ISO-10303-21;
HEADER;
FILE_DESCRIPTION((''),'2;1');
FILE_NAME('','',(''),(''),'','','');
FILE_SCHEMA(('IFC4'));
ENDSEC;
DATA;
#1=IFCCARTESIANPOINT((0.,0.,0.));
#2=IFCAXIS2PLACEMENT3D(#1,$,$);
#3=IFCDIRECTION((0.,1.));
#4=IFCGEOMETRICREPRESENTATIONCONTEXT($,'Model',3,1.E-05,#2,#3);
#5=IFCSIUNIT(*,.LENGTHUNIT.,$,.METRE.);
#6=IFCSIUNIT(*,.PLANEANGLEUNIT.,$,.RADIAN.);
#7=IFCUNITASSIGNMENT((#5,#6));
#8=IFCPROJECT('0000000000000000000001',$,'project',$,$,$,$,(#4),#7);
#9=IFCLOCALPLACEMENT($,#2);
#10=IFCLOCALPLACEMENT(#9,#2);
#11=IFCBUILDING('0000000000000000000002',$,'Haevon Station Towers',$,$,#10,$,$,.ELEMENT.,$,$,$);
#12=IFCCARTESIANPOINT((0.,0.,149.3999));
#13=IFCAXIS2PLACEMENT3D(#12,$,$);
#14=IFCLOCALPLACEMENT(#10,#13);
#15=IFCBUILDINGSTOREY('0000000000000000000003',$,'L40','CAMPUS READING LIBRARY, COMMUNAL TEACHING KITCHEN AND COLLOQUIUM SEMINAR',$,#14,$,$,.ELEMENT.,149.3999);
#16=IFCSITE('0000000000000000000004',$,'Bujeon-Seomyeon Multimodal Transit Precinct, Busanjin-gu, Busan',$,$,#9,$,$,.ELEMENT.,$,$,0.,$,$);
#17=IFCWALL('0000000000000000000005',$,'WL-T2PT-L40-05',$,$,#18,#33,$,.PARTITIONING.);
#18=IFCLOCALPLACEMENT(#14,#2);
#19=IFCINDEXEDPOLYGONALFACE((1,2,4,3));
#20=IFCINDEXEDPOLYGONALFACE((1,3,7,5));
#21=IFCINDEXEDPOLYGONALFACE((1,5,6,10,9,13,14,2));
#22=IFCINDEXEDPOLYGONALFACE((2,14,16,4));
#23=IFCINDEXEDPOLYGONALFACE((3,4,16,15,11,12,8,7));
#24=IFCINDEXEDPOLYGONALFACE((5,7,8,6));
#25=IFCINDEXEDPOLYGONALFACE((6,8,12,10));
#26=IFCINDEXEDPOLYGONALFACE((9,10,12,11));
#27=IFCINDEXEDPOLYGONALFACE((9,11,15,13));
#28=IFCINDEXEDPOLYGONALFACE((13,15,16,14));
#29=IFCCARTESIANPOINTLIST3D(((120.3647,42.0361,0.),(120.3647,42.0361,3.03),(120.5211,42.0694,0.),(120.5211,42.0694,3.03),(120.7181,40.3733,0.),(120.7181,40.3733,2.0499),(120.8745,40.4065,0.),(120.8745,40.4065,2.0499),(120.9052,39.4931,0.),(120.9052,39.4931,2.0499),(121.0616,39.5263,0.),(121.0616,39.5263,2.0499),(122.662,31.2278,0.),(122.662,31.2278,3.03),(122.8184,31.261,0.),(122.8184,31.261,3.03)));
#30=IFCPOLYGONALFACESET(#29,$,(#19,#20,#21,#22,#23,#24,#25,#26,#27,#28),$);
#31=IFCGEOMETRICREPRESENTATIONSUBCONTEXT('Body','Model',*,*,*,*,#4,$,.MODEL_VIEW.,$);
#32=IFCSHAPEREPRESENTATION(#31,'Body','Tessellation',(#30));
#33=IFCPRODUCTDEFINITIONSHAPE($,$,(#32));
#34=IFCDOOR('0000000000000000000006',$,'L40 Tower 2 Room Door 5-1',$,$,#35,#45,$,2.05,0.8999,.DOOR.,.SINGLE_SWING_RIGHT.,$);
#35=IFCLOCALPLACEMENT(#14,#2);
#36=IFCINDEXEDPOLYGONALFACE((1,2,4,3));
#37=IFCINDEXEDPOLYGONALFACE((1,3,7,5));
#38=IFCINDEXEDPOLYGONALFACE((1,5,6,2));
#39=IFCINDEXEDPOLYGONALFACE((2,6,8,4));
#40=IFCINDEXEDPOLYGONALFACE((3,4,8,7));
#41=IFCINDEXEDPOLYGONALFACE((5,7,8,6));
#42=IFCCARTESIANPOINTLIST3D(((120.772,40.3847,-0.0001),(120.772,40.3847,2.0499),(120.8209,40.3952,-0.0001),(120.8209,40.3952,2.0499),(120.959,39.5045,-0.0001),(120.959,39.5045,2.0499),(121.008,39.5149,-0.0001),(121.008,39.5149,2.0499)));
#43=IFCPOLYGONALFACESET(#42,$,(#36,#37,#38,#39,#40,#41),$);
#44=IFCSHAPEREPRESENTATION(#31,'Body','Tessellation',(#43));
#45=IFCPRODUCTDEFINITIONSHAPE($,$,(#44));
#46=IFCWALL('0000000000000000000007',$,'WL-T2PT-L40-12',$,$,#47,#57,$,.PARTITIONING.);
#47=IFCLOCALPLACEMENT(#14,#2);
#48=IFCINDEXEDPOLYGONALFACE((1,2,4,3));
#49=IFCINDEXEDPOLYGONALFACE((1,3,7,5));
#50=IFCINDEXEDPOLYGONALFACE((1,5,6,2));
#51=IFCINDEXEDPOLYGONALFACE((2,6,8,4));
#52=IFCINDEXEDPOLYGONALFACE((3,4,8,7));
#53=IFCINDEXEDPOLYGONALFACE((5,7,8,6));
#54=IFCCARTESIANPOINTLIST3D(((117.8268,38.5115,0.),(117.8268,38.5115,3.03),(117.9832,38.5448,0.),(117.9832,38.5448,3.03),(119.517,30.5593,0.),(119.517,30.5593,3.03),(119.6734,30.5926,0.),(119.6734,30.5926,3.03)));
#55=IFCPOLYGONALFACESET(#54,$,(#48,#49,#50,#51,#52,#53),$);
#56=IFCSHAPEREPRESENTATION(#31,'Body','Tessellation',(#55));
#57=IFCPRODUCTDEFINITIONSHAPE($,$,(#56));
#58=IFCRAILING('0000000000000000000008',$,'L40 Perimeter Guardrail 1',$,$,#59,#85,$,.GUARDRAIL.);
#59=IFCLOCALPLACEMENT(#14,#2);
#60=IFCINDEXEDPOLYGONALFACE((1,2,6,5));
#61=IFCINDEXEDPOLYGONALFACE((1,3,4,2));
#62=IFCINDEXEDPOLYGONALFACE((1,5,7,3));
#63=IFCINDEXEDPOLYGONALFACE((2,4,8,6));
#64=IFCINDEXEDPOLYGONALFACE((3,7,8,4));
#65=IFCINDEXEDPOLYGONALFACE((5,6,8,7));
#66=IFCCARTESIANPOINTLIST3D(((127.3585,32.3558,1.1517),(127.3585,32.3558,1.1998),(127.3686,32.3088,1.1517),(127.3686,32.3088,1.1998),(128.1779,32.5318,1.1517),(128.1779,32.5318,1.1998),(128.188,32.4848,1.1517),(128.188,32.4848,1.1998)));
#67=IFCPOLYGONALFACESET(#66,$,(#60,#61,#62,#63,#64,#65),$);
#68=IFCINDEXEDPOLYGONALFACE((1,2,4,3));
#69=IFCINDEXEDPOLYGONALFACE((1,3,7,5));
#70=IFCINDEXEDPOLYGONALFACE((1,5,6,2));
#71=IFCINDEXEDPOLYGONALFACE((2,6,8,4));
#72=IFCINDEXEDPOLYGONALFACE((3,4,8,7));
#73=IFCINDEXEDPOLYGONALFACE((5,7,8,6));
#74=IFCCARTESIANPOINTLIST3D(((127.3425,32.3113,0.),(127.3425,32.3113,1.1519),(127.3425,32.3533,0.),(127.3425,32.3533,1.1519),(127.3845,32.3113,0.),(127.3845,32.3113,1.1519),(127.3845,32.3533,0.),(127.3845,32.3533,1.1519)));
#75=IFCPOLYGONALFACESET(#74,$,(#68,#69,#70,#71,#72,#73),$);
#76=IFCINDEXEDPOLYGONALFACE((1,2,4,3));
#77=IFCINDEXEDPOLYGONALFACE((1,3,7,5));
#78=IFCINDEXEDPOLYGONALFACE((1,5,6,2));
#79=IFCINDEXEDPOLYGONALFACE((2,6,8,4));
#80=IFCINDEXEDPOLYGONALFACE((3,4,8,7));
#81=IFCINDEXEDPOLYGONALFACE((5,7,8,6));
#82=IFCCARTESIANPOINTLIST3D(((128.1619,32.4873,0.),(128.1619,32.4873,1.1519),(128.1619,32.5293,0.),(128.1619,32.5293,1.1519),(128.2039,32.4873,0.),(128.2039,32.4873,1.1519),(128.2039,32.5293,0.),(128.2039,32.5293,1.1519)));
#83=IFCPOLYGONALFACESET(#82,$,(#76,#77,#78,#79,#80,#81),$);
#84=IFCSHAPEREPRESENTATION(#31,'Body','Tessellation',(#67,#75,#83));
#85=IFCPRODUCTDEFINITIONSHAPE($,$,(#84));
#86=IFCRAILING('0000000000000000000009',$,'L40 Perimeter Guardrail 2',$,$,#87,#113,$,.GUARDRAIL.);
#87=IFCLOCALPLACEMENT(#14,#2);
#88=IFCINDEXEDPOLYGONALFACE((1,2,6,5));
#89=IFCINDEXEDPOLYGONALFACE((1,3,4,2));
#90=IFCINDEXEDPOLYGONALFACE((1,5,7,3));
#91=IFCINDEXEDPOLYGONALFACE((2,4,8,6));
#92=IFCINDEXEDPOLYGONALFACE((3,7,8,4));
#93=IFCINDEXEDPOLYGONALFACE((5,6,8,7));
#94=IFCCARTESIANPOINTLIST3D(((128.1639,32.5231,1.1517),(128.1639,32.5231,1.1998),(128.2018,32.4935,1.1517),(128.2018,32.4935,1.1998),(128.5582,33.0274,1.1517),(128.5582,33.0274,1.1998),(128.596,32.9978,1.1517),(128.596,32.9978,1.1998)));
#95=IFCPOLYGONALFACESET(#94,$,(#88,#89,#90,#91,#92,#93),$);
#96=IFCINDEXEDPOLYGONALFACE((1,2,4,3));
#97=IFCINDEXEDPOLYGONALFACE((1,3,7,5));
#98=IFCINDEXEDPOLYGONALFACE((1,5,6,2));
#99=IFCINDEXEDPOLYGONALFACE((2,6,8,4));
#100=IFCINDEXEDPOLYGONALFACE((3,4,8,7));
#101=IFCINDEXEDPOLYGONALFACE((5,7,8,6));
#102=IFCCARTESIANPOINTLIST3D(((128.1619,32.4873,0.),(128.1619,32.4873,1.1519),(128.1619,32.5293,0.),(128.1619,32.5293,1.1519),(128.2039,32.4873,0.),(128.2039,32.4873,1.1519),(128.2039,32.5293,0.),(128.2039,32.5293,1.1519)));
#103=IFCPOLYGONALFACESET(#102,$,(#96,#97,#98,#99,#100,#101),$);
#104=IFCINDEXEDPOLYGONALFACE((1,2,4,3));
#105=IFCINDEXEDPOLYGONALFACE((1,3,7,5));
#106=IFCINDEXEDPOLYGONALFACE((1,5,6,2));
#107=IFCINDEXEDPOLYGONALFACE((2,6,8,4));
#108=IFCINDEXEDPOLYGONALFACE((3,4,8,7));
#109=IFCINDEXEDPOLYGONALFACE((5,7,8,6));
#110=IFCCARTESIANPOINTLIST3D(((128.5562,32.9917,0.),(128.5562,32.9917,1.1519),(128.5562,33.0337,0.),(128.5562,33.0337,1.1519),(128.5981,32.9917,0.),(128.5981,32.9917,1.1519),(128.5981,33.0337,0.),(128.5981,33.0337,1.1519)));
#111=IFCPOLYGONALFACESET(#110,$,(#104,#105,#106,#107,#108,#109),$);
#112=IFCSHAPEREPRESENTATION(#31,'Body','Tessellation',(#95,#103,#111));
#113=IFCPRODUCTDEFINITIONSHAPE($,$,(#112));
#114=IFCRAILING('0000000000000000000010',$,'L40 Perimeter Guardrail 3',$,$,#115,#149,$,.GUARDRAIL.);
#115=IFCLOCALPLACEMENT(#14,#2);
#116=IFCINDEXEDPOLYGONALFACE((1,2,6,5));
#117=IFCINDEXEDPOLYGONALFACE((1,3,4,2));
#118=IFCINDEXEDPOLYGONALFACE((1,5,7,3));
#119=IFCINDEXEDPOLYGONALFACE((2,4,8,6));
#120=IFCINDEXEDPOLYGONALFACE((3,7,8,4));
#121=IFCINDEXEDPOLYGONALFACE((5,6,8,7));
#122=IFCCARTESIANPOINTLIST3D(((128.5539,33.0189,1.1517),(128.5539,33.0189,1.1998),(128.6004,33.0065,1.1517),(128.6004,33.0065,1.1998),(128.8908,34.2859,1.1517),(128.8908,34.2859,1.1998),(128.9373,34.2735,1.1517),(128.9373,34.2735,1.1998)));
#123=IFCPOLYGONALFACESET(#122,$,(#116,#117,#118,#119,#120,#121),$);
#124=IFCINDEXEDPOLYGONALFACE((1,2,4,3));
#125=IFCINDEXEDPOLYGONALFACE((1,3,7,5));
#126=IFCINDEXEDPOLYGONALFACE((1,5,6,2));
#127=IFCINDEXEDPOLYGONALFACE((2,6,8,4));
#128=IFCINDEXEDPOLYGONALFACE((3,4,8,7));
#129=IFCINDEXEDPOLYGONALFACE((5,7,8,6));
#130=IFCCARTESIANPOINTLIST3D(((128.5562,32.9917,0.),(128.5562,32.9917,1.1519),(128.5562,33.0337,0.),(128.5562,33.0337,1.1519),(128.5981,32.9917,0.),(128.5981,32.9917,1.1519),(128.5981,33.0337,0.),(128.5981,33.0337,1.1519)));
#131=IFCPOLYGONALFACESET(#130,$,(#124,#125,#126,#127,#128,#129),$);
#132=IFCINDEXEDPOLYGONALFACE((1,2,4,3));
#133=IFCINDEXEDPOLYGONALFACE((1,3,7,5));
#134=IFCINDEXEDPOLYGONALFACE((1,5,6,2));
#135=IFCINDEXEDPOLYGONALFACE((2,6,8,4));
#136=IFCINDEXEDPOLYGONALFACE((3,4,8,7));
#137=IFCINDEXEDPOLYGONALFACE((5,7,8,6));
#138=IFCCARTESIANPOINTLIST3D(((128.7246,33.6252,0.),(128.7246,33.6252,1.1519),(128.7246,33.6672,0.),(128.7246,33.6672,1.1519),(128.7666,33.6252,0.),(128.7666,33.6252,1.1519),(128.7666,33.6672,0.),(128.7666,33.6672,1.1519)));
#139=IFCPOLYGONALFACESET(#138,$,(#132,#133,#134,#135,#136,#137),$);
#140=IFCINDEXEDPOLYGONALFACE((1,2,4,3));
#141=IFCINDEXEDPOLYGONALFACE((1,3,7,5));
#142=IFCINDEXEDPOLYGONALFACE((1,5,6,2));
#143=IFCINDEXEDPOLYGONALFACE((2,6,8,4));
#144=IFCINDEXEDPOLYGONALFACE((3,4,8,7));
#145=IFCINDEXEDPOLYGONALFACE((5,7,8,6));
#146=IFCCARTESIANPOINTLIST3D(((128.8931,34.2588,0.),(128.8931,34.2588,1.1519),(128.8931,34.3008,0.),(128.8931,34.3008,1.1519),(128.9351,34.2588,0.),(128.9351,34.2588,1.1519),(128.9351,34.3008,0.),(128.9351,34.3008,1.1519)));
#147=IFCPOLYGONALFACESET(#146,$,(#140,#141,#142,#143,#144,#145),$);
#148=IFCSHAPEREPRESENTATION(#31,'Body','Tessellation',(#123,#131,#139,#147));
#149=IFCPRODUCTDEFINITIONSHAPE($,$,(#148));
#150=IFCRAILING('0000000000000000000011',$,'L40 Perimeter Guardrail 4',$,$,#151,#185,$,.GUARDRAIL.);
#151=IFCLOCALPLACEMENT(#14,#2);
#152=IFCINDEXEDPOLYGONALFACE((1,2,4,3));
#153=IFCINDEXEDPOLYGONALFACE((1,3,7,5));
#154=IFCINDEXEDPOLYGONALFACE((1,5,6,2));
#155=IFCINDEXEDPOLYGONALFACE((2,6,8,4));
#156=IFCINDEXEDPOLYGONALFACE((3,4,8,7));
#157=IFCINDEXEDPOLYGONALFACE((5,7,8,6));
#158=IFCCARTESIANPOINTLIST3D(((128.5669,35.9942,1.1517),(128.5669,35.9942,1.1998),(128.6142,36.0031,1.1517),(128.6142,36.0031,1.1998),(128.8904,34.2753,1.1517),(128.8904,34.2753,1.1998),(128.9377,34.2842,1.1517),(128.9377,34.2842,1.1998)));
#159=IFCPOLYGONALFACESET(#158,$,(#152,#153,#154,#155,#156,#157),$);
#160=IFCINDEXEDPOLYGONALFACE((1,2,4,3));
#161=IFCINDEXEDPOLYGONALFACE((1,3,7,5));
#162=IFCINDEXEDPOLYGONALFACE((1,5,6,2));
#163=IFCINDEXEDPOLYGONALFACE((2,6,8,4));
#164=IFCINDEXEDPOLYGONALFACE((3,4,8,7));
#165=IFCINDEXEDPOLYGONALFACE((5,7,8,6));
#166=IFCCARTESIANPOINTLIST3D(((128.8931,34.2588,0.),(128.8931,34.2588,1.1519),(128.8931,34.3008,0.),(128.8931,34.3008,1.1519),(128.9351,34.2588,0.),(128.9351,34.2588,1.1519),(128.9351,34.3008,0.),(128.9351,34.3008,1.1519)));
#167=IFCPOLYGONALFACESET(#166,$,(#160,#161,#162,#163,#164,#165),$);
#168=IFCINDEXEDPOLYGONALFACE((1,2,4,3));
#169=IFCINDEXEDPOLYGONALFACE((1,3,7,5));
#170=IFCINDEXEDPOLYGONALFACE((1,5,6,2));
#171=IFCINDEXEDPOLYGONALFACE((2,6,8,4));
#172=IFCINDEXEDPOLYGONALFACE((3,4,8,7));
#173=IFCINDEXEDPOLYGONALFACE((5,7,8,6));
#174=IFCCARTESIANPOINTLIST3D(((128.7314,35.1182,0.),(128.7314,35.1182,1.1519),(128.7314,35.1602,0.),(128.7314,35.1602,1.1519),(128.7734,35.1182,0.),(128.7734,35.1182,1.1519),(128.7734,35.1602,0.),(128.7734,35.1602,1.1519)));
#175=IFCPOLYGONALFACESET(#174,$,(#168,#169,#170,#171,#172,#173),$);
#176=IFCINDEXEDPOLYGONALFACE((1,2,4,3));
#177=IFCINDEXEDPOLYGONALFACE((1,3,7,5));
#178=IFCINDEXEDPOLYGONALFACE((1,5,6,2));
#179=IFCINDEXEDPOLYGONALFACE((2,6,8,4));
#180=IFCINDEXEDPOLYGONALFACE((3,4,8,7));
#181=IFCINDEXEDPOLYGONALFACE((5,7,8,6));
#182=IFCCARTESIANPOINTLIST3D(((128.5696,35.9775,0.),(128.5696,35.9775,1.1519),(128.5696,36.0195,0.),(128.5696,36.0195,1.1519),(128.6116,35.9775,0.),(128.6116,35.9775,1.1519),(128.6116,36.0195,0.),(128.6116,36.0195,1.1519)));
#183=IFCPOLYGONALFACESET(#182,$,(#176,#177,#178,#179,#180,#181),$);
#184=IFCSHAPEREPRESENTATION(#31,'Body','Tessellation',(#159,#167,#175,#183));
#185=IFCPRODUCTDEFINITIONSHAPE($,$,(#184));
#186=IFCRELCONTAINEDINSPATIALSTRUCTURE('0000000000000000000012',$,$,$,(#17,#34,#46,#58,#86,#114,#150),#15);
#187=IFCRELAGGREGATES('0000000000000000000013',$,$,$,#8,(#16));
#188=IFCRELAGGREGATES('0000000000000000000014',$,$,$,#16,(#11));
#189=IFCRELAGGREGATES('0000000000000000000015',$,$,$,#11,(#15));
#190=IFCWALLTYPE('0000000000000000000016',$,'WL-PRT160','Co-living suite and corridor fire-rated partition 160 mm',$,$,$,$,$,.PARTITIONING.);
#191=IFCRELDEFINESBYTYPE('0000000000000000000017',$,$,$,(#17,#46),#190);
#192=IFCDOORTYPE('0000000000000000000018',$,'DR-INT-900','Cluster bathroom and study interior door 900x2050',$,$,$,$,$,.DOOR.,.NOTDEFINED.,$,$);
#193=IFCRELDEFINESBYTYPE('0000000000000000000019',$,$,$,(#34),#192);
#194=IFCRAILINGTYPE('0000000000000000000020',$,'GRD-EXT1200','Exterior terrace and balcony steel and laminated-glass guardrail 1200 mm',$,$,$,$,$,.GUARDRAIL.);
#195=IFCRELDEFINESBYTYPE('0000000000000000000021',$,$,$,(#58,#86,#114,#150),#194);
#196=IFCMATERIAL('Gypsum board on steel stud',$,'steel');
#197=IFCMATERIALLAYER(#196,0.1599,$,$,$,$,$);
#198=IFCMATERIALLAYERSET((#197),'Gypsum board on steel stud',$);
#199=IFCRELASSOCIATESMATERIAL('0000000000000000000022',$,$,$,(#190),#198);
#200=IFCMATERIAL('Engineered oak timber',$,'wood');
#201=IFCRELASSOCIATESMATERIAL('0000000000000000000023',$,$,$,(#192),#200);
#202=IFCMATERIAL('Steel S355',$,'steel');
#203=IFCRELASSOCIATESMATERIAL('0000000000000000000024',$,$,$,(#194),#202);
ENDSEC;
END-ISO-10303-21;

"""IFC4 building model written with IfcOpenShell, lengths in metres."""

from ifc_helpers import new_model, si_unit, direction, frame, frame_2d, origin, origin_2d, place, context, subcontext, project, spatial, rectangle, extrude, material, layer, layer_set, type_object, element, fill, save


model = new_model("IFC4")

# Units and contexts
model_context = context("Model", 3, precision=1e-05, world=origin(), true_north=direction((0.0, 1.0)))
body_context = subcontext(model_context, "Body", "Model", "MODEL_VIEW")
ifc_project = project(units=[si_unit("LENGTHUNIT", "METRE"), si_unit("PLANEANGLEUNIT", "RADIAN")], contexts=[model_context])

# Site, building, storey
site_placement = place(None, origin())
site = spatial("IfcSite", under=ifc_project, at=site_placement, Name="Bujeon-Seomyeon Multimodal Transit Precinct, Busanjin-gu, Busan", CompositionType="ELEMENT", RefElevation=0.0)
building_placement = place(site_placement, origin())
building = spatial("IfcBuilding", under=site, at=building_placement, Name="Haevon Station Towers", CompositionType="ELEMENT")
storey_placement = place(building_placement, frame((0.0, 0.0, 149.3999)))
storey = spatial("IfcBuildingStorey", under=building, at=storey_placement, Name="L40", Description="CAMPUS READING LIBRARY, COMMUNAL TEACHING KITCHEN AND COLLOQUIUM SEMINAR", CompositionType="ELEMENT", Elevation=149.3999)

# Shared definitions
ifc_material_1 = material(Name="Steel S355", Category="steel")

# Wall, opening, door
ifc_material_2 = material(Name="Gypsum board on steel stud", Category="steel")
ifc_layer_1 = layer(ifc_material_2, 0.1599)
ifc_layer_set_1 = layer_set([ifc_layer_1], Name="Gypsum board on steel stud")
wall_type_1 = type_object("IfcWallType", Name="WL-PRT160", Description="Co-living suite and corridor fire-rated partition 160 mm", PredefinedType="PARTITIONING", material=ifc_layer_set_1)
wall_1_placement = place(storey_placement, frame((122.7402, 31.2444, 0.0), z_axis=(0.0, 0.0, 1.0), x_axis=(-0.20791, 0.978148, 0.0)))
wall_1 = element("IfcWall", 1, at=wall_1_placement, inside=storey, type_object=wall_type_1, Name="WL-T2PT-L40-05", PredefinedType="PARTITIONING", context=body_context, shape_type="SweptSolid", body=[
    extrude(rectangle(XDim=11.0498, YDim=0.1599, at=frame_2d((5.5249, 0.0))), origin(), (0.0, 0.0, 1.0), 3.03),
])
opening_1_placement = place(wall_1_placement, frame((8.45, 0.0, 0.0)))
opening_1 = element("IfcOpeningElement", 2, at=opening_1_placement, cuts=wall_1, PredefinedType="OPENING", context=body_context, shape_type="SweptSolid", body=[
    extrude(rectangle(XDim=0.8999, YDim=2.05, at=frame_2d((0.45, 1.0249))), frame((0.0, 0.0898, 0.0), z_axis=(0.0, -1.0, 0.0), x_axis=(1.0, 0.0, 0.0)), (0.0, 0.0, 1.0), 0.1799),
])
ifc_material_3 = material(Name="Engineered oak timber", Category="wood")
door_type = type_object("IfcDoorType", Name="DR-INT-900", Description="Cluster bathroom and study interior door 900x2050", OperationType="NOTDEFINED", PredefinedType="DOOR", material=ifc_material_3)
door_placement = place(opening_1_placement, origin())
door = element("IfcDoor", 3, at=door_placement, inside=storey, type_object=door_type, Name="L40 Tower 2 Room Door 5-1", OperationType="SINGLE_SWING_RIGHT", OverallHeight=2.05, OverallWidth=0.8999, PredefinedType="DOOR", context=body_context, shape_type="SweptSolid", body=[
    extrude(rectangle(XDim=0.8999, YDim=2.05, at=frame_2d((0.45, 1.0249))), frame((0.0, 0.0249, 0.0), z_axis=(0.0, -1.0, 0.0), x_axis=(1.0, 0.0, 0.0)), (0.0, 0.0, 1.0), 0.05),
])
fill(opening_1, door)

# Wall
wall_2_placement = place(storey_placement, frame((119.5952, 30.5759, 0.0), z_axis=(0.0, 0.0, 1.0), x_axis=(-0.2079, 0.97815, 0.0)))
element("IfcWall", 4, at=wall_2_placement, inside=storey, type_object=wall_type_1, Name="WL-T2PT-L40-12", PredefinedType="PARTITIONING", context=body_context, shape_type="SweptSolid", body=[
    extrude(rectangle(XDim=8.1299, YDim=0.1599, at=frame_2d((4.0649, 0.0))), origin(), (0.0, 0.0, 1.0), 3.03),
])

# Railings
railing_type = type_object("IfcRailingType", Name="GRD-EXT1200", Description="Exterior terrace and balcony steel and laminated-glass guardrail 1200 mm", PredefinedType="GUARDRAIL", material=ifc_material_1)
railing_1_placement = place(storey_placement, frame((127.3635, 32.3323, 0.0)))
element("IfcRailing", 5, at=railing_1_placement, inside=storey, type_object=railing_type, Name="L40 Perimeter Guardrail 1", PredefinedType="GUARDRAIL", context=body_context, shape_type="SweptSolid", body=[
    extrude(rectangle(XDim=0.0481, YDim=0.0481, at=origin_2d()), frame((0.0, 0.0, 1.1758), z_axis=(0.977691, 0.210046, 0.0), x_axis=(-0.210046, 0.977691, 0.0)), (0.0, 0.0, 1.0), 0.8381),
    extrude(rectangle(XDim=0.042, YDim=0.042, at=origin_2d()), origin(), (0.0, 0.0, 1.0), 1.1519),
    extrude(rectangle(XDim=0.042, YDim=0.042, at=origin_2d()), frame((0.8193, 0.176, 0.0)), (0.0, 0.0, 1.0), 1.1519),
])
railing_2_placement = place(storey_placement, frame((128.1829, 32.5083, 0.0)))
element("IfcRailing", 6, at=railing_2_placement, inside=storey, type_object=railing_type, Name="L40 Perimeter Guardrail 2", PredefinedType="GUARDRAIL", context=body_context, shape_type="SweptSolid", body=[
    extrude(rectangle(XDim=0.0481, YDim=0.0481, at=origin_2d()), frame((0.0, 0.0, 1.1758), z_axis=(0.615866, 0.787851, 0.0), x_axis=(-0.787851, 0.615866, 0.0)), (0.0, 0.0, 1.0), 0.6401),
    extrude(rectangle(XDim=0.042, YDim=0.042, at=origin_2d()), origin(), (0.0, 0.0, 1.0), 1.1519),
    extrude(rectangle(XDim=0.042, YDim=0.042, at=origin_2d()), frame((0.3943, 0.5044, 0.0)), (0.0, 0.0, 1.0), 1.1519),
])
railing_3_placement = place(storey_placement, frame((128.5771, 33.0127, 0.0)))
element("IfcRailing", 7, at=railing_3_placement, inside=storey, type_object=railing_type, Name="L40 Perimeter Guardrail 3", PredefinedType="GUARDRAIL", context=body_context, shape_type="SweptSolid", body=[
    extrude(rectangle(XDim=0.0481, YDim=0.0481, at=origin_2d()), frame((0.0, 0.0, 1.1758), z_axis=(0.256967, 0.96642, 0.0), x_axis=(-0.96642, 0.256967, 0.0)), (0.0, 0.0, 1.0), 1.311),
    extrude(rectangle(XDim=0.042, YDim=0.042, at=origin_2d()), origin(), (0.0, 0.0, 1.0), 1.1519),
    extrude(rectangle(XDim=0.042, YDim=0.042, at=origin_2d()), frame((0.1685, 0.6335, 0.0)), (0.0, 0.0, 1.0), 1.1519),
    extrude(rectangle(XDim=0.042, YDim=0.042, at=origin_2d()), frame((0.3369, 1.2671, 0.0)), (0.0, 0.0, 1.0), 1.1519),
])
railing_4_placement = place(storey_placement, frame((128.9141, 34.2798, 0.0)))
element("IfcRailing", 8, at=railing_4_placement, inside=storey, type_object=railing_type, Name="L40 Perimeter Guardrail 4", PredefinedType="GUARDRAIL", context=body_context, shape_type="SweptSolid", body=[
    extrude(rectangle(XDim=0.0481, YDim=0.0481, at=origin_2d()), frame((0.0, 0.0, 1.1758), z_axis=(-0.184963, 0.982746, 0.0), x_axis=(-0.982746, -0.184963, 0.0)), (0.0, 0.0, 1.0), 1.749),
    extrude(rectangle(XDim=0.042, YDim=0.042, at=origin_2d()), origin(), (0.0, 0.0, 1.0), 1.1519),
    extrude(rectangle(XDim=0.042, YDim=0.042, at=origin_2d()), frame((-0.1616, 0.8594, 0.0)), (0.0, 0.0, 1.0), 1.1519),
    extrude(rectangle(XDim=0.042, YDim=0.042, at=origin_2d()), frame((-0.3235, 1.7188, 0.0)), (0.0, 0.0, 1.0), 1.1519),
])

save(model, "model.ifc")
